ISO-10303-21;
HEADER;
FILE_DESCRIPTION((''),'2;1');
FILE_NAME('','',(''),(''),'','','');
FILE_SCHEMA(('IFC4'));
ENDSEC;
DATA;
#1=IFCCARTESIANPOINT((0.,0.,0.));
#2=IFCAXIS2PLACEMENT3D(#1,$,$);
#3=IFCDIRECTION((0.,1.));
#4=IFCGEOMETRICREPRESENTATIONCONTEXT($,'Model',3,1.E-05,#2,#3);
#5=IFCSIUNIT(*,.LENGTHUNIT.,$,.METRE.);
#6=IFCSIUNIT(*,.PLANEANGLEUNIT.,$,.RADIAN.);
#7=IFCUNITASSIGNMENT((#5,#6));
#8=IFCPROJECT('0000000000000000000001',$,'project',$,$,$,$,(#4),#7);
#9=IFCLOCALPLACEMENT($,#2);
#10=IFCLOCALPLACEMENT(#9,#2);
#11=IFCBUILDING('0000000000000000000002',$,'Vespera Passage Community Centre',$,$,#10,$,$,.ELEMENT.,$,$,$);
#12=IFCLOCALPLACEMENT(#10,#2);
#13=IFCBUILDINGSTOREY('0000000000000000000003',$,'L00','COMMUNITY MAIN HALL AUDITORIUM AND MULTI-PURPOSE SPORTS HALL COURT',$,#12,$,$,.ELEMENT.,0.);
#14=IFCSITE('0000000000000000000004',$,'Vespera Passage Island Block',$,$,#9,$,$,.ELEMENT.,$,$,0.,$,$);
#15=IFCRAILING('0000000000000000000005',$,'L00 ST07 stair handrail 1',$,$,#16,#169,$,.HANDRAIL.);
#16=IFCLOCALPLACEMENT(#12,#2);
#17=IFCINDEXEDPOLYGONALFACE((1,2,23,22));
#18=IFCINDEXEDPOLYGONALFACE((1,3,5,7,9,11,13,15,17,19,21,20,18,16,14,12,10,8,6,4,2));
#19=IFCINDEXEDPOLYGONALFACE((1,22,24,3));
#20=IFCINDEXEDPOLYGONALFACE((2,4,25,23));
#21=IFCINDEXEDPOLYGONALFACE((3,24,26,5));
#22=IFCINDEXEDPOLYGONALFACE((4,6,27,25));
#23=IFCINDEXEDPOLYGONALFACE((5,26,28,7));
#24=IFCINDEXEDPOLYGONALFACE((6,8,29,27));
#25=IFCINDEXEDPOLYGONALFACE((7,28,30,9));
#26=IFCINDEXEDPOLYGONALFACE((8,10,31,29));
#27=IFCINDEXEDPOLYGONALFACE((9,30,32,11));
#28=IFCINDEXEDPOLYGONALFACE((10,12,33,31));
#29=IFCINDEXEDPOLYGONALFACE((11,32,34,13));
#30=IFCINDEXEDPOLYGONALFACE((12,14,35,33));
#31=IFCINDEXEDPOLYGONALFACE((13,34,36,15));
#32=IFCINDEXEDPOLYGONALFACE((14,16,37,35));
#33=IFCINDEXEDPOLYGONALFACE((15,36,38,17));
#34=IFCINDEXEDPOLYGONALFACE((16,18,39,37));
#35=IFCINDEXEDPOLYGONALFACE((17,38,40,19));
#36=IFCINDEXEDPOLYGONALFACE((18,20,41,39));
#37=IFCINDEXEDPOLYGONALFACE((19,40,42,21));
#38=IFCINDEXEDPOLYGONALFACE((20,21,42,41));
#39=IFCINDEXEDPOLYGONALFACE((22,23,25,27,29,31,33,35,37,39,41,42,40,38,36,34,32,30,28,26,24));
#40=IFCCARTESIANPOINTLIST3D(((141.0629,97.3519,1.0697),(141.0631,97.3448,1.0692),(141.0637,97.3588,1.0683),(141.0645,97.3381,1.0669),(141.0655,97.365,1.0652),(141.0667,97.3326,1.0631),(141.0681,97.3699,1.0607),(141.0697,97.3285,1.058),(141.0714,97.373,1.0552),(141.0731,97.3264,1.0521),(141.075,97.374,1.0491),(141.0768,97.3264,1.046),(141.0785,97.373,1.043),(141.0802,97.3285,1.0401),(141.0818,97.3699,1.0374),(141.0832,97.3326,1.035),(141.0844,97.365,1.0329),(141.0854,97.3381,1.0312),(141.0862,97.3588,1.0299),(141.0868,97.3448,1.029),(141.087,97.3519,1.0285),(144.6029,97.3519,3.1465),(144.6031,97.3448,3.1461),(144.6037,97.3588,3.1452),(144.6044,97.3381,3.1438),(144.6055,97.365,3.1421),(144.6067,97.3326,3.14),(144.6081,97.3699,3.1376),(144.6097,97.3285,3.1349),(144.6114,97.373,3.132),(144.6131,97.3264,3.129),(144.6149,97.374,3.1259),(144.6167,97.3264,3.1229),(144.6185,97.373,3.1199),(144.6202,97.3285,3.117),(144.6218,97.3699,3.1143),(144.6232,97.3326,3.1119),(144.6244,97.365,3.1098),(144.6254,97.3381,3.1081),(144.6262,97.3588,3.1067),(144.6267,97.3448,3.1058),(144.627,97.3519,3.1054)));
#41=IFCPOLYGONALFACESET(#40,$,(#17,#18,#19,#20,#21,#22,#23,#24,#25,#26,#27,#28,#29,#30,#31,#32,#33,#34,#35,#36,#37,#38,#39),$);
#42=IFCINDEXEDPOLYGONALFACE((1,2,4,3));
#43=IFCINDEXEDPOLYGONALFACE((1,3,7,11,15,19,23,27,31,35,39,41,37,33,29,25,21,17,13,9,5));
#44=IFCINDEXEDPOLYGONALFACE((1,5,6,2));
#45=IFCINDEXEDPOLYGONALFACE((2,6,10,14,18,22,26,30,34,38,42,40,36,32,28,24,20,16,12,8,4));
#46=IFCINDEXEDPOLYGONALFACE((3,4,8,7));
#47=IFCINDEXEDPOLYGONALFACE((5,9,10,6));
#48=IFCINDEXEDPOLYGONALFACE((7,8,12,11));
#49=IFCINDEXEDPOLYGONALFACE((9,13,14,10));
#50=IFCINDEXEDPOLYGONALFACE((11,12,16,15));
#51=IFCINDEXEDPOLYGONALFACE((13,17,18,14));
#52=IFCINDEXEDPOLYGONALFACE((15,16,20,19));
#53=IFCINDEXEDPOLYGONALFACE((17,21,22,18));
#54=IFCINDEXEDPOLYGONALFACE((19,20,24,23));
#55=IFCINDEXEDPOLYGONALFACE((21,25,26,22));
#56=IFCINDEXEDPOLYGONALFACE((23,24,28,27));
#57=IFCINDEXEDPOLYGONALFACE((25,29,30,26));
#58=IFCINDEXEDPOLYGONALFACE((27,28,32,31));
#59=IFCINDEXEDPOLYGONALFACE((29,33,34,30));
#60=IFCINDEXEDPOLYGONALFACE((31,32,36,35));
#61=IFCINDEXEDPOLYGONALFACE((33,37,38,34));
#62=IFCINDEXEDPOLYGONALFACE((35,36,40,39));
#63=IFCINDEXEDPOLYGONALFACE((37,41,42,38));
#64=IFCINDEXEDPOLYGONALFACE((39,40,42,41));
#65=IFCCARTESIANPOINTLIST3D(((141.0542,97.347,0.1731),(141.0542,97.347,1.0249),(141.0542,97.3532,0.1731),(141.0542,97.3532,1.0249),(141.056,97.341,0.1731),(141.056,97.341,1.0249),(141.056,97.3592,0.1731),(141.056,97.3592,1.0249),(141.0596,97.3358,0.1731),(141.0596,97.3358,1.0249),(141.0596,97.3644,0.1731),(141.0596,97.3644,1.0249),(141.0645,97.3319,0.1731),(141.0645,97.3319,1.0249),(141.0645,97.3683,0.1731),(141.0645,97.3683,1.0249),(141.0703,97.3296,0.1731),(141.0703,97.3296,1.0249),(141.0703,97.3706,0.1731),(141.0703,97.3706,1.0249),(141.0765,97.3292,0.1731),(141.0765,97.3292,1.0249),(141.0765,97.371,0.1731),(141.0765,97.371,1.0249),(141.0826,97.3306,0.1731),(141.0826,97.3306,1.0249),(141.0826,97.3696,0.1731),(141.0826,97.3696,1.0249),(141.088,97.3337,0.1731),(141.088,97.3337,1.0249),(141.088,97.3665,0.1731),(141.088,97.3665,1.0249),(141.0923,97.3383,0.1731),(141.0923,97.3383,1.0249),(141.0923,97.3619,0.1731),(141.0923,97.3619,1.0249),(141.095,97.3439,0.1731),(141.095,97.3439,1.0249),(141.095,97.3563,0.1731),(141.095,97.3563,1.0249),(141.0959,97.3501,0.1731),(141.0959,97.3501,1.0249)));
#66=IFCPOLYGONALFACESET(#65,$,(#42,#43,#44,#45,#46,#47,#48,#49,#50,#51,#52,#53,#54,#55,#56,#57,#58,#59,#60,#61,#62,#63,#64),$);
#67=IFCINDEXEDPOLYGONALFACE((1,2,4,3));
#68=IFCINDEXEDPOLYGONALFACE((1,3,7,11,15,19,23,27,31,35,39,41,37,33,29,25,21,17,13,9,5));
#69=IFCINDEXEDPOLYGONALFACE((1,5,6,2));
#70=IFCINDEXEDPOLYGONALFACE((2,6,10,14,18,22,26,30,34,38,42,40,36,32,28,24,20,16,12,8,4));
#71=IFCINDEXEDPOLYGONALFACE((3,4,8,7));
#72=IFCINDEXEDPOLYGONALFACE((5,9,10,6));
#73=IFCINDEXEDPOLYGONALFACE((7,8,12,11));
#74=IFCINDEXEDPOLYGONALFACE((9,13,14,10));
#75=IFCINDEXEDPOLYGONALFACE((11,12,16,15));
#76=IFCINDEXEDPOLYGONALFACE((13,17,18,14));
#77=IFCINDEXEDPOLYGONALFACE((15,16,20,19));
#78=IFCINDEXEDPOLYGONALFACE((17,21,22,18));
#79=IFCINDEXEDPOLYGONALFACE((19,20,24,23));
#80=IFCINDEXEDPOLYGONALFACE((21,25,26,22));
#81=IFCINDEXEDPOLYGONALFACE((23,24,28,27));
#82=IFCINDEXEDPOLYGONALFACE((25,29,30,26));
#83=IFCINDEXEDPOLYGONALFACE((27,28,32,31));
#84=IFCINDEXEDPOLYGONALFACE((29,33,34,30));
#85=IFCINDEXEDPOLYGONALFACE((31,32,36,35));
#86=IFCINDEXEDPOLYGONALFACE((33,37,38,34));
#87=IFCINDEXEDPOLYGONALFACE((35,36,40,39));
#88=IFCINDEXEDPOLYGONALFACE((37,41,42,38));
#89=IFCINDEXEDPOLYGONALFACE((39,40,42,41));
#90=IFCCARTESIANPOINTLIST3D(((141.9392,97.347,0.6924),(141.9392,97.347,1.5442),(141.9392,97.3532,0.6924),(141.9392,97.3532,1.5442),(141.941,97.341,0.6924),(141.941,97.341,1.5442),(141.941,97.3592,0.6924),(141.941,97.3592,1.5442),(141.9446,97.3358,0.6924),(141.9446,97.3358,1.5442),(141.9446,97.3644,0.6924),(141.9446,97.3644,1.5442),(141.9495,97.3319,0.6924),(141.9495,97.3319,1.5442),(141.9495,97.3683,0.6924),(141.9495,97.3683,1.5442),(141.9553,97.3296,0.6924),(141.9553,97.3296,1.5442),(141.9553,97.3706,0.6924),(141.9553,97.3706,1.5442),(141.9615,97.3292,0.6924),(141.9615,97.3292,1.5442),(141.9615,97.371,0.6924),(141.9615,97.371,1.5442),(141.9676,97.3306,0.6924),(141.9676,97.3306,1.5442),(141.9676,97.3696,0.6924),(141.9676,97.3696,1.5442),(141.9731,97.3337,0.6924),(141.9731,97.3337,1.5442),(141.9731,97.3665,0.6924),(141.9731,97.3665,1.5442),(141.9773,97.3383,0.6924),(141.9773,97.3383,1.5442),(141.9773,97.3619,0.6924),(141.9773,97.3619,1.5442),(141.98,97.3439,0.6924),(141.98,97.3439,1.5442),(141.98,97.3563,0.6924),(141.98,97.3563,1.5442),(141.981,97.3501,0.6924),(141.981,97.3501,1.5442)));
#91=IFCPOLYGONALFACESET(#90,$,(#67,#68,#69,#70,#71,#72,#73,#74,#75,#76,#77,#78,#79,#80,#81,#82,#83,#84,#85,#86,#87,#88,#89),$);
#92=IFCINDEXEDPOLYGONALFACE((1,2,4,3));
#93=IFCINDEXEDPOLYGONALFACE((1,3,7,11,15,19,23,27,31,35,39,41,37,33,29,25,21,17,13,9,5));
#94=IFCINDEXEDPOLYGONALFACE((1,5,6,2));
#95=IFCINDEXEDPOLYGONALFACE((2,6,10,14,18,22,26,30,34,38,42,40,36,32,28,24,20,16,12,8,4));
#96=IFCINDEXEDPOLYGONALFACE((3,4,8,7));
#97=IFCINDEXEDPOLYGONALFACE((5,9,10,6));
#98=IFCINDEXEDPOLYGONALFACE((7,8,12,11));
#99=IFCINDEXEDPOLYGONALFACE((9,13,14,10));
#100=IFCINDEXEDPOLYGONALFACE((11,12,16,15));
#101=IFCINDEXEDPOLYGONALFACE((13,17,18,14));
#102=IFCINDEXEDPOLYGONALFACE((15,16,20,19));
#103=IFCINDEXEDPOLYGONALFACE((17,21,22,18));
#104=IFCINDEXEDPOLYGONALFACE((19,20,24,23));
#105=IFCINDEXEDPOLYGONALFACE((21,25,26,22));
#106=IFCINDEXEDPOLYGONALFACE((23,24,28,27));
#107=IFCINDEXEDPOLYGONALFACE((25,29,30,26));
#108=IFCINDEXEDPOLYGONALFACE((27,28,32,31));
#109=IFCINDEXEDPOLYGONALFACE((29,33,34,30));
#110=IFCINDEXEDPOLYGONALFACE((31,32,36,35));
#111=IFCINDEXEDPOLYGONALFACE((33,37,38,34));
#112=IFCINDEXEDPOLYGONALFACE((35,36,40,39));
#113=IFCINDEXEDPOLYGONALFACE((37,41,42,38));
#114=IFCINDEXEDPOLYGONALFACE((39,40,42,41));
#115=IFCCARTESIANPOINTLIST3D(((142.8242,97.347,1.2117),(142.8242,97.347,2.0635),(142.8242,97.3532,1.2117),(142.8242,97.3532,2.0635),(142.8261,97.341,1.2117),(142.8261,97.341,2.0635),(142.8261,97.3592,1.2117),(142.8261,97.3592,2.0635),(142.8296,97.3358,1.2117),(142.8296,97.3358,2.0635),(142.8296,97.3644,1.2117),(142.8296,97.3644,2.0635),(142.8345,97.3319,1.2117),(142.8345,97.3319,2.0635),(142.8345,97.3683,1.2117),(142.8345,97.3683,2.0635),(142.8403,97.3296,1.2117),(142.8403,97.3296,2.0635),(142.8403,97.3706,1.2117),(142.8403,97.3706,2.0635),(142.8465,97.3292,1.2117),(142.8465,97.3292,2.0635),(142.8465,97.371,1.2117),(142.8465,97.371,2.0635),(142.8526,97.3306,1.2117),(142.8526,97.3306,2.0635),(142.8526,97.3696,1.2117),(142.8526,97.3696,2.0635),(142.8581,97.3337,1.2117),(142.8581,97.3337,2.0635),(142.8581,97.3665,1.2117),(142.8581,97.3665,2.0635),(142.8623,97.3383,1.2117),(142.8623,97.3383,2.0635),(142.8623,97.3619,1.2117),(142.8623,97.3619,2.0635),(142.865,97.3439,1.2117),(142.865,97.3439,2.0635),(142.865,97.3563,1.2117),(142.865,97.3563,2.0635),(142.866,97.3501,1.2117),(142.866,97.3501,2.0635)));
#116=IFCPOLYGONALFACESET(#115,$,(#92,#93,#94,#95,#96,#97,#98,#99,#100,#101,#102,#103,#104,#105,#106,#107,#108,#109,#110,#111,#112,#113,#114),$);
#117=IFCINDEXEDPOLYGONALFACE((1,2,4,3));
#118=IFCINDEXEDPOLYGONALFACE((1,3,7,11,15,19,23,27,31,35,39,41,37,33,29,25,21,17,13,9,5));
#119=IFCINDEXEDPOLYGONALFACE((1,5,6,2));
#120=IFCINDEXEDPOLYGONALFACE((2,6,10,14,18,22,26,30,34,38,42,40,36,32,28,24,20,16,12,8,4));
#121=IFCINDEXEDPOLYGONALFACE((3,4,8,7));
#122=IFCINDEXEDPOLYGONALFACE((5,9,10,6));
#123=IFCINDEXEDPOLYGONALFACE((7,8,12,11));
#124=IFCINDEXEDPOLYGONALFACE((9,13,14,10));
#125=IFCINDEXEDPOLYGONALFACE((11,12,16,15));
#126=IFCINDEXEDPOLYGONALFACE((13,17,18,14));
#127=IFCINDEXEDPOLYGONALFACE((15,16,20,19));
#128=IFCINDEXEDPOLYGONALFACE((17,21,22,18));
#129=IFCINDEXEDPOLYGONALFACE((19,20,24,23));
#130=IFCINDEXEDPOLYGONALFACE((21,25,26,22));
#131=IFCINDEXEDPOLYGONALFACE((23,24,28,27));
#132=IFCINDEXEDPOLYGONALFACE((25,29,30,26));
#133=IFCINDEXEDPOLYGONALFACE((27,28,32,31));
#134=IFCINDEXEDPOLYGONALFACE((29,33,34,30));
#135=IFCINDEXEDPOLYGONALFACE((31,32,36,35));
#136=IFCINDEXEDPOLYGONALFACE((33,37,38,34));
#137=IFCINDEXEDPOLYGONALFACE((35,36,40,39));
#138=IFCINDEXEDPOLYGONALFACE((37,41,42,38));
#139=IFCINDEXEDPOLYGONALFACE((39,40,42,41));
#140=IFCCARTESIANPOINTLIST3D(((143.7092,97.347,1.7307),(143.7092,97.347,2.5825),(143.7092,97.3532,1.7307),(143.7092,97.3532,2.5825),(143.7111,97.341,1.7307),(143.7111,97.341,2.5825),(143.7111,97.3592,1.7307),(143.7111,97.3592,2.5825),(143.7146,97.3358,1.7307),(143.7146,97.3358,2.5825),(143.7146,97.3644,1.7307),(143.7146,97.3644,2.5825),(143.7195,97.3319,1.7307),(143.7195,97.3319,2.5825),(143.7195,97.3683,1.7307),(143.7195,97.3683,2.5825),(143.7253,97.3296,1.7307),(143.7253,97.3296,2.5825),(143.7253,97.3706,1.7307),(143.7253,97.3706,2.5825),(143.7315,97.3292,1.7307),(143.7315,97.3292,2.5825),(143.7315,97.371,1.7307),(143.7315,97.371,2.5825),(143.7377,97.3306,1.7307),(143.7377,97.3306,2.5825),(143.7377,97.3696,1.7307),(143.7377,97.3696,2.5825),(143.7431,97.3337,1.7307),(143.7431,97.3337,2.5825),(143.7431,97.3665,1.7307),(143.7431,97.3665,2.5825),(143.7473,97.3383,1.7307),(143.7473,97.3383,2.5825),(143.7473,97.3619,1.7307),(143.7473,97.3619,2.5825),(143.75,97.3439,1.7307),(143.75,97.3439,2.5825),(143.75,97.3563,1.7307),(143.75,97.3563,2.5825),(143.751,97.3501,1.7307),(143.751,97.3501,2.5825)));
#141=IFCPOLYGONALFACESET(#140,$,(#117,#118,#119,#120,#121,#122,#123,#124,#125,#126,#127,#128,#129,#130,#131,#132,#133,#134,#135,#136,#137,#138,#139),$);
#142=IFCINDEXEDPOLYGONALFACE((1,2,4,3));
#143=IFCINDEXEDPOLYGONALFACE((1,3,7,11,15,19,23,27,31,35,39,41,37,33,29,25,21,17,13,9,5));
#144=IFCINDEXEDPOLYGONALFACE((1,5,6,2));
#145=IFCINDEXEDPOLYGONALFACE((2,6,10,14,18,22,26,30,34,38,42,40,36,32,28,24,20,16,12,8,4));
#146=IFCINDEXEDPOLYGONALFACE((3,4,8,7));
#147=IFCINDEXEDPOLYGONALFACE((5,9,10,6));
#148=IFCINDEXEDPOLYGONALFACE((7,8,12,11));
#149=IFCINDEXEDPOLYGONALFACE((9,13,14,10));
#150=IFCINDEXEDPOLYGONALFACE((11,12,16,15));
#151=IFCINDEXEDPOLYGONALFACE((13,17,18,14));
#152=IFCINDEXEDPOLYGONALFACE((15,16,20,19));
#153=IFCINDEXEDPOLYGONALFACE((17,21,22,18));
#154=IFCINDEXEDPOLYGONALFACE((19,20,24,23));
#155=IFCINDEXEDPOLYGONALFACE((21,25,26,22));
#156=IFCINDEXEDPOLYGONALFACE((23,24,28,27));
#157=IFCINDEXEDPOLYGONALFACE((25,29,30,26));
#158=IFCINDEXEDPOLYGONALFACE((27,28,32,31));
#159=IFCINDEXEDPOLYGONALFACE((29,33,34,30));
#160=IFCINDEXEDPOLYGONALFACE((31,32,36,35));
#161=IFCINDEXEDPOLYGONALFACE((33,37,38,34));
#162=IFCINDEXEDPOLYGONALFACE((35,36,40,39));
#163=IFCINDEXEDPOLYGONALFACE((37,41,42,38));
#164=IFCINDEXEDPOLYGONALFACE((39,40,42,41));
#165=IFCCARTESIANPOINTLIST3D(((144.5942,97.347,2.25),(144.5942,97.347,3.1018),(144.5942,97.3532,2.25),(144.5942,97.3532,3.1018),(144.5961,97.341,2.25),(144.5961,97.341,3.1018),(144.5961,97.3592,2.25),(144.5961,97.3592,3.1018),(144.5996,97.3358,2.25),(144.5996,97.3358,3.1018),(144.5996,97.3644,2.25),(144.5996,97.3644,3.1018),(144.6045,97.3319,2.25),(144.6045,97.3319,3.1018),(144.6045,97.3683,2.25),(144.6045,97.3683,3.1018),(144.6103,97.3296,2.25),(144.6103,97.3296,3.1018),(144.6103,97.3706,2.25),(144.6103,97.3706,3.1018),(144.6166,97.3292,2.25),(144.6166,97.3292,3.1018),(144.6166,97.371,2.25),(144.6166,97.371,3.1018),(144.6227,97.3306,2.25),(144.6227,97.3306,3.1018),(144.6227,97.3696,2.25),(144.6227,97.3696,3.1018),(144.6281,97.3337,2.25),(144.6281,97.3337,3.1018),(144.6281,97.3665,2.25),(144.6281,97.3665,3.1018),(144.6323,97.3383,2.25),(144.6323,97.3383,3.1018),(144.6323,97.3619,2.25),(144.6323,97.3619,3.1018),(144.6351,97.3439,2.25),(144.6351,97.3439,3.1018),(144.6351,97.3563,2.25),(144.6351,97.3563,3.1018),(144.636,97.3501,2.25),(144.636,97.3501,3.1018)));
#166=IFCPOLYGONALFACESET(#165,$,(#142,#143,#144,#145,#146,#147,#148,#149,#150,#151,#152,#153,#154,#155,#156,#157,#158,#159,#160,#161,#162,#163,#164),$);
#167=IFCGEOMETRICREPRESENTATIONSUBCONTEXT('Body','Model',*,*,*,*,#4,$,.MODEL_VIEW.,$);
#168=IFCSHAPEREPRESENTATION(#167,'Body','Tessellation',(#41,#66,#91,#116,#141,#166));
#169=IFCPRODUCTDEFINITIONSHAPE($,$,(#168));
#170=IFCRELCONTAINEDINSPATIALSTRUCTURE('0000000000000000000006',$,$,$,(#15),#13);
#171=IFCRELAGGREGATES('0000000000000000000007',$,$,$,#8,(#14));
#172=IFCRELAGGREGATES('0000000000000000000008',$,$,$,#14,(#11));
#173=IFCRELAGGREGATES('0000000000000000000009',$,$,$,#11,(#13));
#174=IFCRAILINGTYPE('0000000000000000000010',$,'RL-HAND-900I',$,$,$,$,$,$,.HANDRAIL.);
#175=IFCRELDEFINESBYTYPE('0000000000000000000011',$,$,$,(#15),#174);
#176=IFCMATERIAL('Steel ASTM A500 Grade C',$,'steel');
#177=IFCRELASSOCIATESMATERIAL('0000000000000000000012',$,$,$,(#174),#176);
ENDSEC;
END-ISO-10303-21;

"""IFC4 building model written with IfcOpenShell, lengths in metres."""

from ifc_helpers import new_model, si_unit, direction, frame, origin, origin_2d, place, context, subcontext, project, spatial, circle, extrude, material, type_object, element, save


model = new_model("IFC4")

# Units and contexts
model_context = context("Model", 3, precision=1e-05, world=origin(), true_north=direction((0.0, 1.0)))
body_context = subcontext(model_context, "Body", "Model", "MODEL_VIEW")
ifc_project = project(units=[si_unit("LENGTHUNIT", "METRE"), si_unit("PLANEANGLEUNIT", "RADIAN")], contexts=[model_context])

# Site, building, storey
site_placement = place(None, origin())
site = spatial("IfcSite", under=ifc_project, at=site_placement, Name="Vespera Passage Island Block", CompositionType="ELEMENT", RefElevation=0.0)
building_placement = place(site_placement, origin())
building = spatial("IfcBuilding", under=site, at=building_placement, Name="Vespera Passage Community Centre", CompositionType="ELEMENT")
storey_placement = place(building_placement, origin())
storey = spatial("IfcBuildingStorey", under=building, at=storey_placement, Name="L00", Description="COMMUNITY MAIN HALL AUDITORIUM AND MULTI-PURPOSE SPORTS HALL COURT", CompositionType="ELEMENT", Elevation=0.0)

# Railing
ifc_material_1 = material(Name="Steel ASTM A500 Grade C", Category="steel")
railing_type_1 = type_object("IfcRailingType", Name="RL-HAND-900I", PredefinedType="HANDRAIL", material=ifc_material_1)
railing_1_placement = place(storey_placement, frame((141.075, 97.3501, 0.1731)))
element("IfcRailing", 1, at=railing_1_placement, inside=storey, type_object=railing_type_1, Name="L00 ST07 stair handrail 1", PredefinedType="HANDRAIL", context=body_context, shape_type="SweptSolid", body=[
    extrude(circle(Radius=0.0239, at=origin_2d()), frame((0.0, 0.0, 0.876), z_axis=(0.862516, 0.0, 0.506029), x_axis=(0.0, 1.0, 0.0)), (0.0, 0.0, 1.0), 4.1042),
    extrude(circle(Radius=0.021, at=origin_2d()), origin(), (0.0, 0.0, 1.0), 0.8518),
    extrude(circle(Radius=0.021, at=origin_2d()), frame((0.885, 0.0, 0.5193)), (0.0, 0.0, 1.0), 0.8518),
    extrude(circle(Radius=0.021, at=origin_2d()), frame((1.77, 0.0, 1.0386)), (0.0, 0.0, 1.0), 0.8518),
    extrude(circle(Radius=0.021, at=origin_2d()), frame((2.655, 0.0, 1.5576)), (0.0, 0.0, 1.0), 0.8518),
    extrude(circle(Radius=0.021, at=origin_2d()), frame((3.54, 0.0, 2.0769)), (0.0, 0.0, 1.0), 0.8518),
])

save(model, "model.ifc")
